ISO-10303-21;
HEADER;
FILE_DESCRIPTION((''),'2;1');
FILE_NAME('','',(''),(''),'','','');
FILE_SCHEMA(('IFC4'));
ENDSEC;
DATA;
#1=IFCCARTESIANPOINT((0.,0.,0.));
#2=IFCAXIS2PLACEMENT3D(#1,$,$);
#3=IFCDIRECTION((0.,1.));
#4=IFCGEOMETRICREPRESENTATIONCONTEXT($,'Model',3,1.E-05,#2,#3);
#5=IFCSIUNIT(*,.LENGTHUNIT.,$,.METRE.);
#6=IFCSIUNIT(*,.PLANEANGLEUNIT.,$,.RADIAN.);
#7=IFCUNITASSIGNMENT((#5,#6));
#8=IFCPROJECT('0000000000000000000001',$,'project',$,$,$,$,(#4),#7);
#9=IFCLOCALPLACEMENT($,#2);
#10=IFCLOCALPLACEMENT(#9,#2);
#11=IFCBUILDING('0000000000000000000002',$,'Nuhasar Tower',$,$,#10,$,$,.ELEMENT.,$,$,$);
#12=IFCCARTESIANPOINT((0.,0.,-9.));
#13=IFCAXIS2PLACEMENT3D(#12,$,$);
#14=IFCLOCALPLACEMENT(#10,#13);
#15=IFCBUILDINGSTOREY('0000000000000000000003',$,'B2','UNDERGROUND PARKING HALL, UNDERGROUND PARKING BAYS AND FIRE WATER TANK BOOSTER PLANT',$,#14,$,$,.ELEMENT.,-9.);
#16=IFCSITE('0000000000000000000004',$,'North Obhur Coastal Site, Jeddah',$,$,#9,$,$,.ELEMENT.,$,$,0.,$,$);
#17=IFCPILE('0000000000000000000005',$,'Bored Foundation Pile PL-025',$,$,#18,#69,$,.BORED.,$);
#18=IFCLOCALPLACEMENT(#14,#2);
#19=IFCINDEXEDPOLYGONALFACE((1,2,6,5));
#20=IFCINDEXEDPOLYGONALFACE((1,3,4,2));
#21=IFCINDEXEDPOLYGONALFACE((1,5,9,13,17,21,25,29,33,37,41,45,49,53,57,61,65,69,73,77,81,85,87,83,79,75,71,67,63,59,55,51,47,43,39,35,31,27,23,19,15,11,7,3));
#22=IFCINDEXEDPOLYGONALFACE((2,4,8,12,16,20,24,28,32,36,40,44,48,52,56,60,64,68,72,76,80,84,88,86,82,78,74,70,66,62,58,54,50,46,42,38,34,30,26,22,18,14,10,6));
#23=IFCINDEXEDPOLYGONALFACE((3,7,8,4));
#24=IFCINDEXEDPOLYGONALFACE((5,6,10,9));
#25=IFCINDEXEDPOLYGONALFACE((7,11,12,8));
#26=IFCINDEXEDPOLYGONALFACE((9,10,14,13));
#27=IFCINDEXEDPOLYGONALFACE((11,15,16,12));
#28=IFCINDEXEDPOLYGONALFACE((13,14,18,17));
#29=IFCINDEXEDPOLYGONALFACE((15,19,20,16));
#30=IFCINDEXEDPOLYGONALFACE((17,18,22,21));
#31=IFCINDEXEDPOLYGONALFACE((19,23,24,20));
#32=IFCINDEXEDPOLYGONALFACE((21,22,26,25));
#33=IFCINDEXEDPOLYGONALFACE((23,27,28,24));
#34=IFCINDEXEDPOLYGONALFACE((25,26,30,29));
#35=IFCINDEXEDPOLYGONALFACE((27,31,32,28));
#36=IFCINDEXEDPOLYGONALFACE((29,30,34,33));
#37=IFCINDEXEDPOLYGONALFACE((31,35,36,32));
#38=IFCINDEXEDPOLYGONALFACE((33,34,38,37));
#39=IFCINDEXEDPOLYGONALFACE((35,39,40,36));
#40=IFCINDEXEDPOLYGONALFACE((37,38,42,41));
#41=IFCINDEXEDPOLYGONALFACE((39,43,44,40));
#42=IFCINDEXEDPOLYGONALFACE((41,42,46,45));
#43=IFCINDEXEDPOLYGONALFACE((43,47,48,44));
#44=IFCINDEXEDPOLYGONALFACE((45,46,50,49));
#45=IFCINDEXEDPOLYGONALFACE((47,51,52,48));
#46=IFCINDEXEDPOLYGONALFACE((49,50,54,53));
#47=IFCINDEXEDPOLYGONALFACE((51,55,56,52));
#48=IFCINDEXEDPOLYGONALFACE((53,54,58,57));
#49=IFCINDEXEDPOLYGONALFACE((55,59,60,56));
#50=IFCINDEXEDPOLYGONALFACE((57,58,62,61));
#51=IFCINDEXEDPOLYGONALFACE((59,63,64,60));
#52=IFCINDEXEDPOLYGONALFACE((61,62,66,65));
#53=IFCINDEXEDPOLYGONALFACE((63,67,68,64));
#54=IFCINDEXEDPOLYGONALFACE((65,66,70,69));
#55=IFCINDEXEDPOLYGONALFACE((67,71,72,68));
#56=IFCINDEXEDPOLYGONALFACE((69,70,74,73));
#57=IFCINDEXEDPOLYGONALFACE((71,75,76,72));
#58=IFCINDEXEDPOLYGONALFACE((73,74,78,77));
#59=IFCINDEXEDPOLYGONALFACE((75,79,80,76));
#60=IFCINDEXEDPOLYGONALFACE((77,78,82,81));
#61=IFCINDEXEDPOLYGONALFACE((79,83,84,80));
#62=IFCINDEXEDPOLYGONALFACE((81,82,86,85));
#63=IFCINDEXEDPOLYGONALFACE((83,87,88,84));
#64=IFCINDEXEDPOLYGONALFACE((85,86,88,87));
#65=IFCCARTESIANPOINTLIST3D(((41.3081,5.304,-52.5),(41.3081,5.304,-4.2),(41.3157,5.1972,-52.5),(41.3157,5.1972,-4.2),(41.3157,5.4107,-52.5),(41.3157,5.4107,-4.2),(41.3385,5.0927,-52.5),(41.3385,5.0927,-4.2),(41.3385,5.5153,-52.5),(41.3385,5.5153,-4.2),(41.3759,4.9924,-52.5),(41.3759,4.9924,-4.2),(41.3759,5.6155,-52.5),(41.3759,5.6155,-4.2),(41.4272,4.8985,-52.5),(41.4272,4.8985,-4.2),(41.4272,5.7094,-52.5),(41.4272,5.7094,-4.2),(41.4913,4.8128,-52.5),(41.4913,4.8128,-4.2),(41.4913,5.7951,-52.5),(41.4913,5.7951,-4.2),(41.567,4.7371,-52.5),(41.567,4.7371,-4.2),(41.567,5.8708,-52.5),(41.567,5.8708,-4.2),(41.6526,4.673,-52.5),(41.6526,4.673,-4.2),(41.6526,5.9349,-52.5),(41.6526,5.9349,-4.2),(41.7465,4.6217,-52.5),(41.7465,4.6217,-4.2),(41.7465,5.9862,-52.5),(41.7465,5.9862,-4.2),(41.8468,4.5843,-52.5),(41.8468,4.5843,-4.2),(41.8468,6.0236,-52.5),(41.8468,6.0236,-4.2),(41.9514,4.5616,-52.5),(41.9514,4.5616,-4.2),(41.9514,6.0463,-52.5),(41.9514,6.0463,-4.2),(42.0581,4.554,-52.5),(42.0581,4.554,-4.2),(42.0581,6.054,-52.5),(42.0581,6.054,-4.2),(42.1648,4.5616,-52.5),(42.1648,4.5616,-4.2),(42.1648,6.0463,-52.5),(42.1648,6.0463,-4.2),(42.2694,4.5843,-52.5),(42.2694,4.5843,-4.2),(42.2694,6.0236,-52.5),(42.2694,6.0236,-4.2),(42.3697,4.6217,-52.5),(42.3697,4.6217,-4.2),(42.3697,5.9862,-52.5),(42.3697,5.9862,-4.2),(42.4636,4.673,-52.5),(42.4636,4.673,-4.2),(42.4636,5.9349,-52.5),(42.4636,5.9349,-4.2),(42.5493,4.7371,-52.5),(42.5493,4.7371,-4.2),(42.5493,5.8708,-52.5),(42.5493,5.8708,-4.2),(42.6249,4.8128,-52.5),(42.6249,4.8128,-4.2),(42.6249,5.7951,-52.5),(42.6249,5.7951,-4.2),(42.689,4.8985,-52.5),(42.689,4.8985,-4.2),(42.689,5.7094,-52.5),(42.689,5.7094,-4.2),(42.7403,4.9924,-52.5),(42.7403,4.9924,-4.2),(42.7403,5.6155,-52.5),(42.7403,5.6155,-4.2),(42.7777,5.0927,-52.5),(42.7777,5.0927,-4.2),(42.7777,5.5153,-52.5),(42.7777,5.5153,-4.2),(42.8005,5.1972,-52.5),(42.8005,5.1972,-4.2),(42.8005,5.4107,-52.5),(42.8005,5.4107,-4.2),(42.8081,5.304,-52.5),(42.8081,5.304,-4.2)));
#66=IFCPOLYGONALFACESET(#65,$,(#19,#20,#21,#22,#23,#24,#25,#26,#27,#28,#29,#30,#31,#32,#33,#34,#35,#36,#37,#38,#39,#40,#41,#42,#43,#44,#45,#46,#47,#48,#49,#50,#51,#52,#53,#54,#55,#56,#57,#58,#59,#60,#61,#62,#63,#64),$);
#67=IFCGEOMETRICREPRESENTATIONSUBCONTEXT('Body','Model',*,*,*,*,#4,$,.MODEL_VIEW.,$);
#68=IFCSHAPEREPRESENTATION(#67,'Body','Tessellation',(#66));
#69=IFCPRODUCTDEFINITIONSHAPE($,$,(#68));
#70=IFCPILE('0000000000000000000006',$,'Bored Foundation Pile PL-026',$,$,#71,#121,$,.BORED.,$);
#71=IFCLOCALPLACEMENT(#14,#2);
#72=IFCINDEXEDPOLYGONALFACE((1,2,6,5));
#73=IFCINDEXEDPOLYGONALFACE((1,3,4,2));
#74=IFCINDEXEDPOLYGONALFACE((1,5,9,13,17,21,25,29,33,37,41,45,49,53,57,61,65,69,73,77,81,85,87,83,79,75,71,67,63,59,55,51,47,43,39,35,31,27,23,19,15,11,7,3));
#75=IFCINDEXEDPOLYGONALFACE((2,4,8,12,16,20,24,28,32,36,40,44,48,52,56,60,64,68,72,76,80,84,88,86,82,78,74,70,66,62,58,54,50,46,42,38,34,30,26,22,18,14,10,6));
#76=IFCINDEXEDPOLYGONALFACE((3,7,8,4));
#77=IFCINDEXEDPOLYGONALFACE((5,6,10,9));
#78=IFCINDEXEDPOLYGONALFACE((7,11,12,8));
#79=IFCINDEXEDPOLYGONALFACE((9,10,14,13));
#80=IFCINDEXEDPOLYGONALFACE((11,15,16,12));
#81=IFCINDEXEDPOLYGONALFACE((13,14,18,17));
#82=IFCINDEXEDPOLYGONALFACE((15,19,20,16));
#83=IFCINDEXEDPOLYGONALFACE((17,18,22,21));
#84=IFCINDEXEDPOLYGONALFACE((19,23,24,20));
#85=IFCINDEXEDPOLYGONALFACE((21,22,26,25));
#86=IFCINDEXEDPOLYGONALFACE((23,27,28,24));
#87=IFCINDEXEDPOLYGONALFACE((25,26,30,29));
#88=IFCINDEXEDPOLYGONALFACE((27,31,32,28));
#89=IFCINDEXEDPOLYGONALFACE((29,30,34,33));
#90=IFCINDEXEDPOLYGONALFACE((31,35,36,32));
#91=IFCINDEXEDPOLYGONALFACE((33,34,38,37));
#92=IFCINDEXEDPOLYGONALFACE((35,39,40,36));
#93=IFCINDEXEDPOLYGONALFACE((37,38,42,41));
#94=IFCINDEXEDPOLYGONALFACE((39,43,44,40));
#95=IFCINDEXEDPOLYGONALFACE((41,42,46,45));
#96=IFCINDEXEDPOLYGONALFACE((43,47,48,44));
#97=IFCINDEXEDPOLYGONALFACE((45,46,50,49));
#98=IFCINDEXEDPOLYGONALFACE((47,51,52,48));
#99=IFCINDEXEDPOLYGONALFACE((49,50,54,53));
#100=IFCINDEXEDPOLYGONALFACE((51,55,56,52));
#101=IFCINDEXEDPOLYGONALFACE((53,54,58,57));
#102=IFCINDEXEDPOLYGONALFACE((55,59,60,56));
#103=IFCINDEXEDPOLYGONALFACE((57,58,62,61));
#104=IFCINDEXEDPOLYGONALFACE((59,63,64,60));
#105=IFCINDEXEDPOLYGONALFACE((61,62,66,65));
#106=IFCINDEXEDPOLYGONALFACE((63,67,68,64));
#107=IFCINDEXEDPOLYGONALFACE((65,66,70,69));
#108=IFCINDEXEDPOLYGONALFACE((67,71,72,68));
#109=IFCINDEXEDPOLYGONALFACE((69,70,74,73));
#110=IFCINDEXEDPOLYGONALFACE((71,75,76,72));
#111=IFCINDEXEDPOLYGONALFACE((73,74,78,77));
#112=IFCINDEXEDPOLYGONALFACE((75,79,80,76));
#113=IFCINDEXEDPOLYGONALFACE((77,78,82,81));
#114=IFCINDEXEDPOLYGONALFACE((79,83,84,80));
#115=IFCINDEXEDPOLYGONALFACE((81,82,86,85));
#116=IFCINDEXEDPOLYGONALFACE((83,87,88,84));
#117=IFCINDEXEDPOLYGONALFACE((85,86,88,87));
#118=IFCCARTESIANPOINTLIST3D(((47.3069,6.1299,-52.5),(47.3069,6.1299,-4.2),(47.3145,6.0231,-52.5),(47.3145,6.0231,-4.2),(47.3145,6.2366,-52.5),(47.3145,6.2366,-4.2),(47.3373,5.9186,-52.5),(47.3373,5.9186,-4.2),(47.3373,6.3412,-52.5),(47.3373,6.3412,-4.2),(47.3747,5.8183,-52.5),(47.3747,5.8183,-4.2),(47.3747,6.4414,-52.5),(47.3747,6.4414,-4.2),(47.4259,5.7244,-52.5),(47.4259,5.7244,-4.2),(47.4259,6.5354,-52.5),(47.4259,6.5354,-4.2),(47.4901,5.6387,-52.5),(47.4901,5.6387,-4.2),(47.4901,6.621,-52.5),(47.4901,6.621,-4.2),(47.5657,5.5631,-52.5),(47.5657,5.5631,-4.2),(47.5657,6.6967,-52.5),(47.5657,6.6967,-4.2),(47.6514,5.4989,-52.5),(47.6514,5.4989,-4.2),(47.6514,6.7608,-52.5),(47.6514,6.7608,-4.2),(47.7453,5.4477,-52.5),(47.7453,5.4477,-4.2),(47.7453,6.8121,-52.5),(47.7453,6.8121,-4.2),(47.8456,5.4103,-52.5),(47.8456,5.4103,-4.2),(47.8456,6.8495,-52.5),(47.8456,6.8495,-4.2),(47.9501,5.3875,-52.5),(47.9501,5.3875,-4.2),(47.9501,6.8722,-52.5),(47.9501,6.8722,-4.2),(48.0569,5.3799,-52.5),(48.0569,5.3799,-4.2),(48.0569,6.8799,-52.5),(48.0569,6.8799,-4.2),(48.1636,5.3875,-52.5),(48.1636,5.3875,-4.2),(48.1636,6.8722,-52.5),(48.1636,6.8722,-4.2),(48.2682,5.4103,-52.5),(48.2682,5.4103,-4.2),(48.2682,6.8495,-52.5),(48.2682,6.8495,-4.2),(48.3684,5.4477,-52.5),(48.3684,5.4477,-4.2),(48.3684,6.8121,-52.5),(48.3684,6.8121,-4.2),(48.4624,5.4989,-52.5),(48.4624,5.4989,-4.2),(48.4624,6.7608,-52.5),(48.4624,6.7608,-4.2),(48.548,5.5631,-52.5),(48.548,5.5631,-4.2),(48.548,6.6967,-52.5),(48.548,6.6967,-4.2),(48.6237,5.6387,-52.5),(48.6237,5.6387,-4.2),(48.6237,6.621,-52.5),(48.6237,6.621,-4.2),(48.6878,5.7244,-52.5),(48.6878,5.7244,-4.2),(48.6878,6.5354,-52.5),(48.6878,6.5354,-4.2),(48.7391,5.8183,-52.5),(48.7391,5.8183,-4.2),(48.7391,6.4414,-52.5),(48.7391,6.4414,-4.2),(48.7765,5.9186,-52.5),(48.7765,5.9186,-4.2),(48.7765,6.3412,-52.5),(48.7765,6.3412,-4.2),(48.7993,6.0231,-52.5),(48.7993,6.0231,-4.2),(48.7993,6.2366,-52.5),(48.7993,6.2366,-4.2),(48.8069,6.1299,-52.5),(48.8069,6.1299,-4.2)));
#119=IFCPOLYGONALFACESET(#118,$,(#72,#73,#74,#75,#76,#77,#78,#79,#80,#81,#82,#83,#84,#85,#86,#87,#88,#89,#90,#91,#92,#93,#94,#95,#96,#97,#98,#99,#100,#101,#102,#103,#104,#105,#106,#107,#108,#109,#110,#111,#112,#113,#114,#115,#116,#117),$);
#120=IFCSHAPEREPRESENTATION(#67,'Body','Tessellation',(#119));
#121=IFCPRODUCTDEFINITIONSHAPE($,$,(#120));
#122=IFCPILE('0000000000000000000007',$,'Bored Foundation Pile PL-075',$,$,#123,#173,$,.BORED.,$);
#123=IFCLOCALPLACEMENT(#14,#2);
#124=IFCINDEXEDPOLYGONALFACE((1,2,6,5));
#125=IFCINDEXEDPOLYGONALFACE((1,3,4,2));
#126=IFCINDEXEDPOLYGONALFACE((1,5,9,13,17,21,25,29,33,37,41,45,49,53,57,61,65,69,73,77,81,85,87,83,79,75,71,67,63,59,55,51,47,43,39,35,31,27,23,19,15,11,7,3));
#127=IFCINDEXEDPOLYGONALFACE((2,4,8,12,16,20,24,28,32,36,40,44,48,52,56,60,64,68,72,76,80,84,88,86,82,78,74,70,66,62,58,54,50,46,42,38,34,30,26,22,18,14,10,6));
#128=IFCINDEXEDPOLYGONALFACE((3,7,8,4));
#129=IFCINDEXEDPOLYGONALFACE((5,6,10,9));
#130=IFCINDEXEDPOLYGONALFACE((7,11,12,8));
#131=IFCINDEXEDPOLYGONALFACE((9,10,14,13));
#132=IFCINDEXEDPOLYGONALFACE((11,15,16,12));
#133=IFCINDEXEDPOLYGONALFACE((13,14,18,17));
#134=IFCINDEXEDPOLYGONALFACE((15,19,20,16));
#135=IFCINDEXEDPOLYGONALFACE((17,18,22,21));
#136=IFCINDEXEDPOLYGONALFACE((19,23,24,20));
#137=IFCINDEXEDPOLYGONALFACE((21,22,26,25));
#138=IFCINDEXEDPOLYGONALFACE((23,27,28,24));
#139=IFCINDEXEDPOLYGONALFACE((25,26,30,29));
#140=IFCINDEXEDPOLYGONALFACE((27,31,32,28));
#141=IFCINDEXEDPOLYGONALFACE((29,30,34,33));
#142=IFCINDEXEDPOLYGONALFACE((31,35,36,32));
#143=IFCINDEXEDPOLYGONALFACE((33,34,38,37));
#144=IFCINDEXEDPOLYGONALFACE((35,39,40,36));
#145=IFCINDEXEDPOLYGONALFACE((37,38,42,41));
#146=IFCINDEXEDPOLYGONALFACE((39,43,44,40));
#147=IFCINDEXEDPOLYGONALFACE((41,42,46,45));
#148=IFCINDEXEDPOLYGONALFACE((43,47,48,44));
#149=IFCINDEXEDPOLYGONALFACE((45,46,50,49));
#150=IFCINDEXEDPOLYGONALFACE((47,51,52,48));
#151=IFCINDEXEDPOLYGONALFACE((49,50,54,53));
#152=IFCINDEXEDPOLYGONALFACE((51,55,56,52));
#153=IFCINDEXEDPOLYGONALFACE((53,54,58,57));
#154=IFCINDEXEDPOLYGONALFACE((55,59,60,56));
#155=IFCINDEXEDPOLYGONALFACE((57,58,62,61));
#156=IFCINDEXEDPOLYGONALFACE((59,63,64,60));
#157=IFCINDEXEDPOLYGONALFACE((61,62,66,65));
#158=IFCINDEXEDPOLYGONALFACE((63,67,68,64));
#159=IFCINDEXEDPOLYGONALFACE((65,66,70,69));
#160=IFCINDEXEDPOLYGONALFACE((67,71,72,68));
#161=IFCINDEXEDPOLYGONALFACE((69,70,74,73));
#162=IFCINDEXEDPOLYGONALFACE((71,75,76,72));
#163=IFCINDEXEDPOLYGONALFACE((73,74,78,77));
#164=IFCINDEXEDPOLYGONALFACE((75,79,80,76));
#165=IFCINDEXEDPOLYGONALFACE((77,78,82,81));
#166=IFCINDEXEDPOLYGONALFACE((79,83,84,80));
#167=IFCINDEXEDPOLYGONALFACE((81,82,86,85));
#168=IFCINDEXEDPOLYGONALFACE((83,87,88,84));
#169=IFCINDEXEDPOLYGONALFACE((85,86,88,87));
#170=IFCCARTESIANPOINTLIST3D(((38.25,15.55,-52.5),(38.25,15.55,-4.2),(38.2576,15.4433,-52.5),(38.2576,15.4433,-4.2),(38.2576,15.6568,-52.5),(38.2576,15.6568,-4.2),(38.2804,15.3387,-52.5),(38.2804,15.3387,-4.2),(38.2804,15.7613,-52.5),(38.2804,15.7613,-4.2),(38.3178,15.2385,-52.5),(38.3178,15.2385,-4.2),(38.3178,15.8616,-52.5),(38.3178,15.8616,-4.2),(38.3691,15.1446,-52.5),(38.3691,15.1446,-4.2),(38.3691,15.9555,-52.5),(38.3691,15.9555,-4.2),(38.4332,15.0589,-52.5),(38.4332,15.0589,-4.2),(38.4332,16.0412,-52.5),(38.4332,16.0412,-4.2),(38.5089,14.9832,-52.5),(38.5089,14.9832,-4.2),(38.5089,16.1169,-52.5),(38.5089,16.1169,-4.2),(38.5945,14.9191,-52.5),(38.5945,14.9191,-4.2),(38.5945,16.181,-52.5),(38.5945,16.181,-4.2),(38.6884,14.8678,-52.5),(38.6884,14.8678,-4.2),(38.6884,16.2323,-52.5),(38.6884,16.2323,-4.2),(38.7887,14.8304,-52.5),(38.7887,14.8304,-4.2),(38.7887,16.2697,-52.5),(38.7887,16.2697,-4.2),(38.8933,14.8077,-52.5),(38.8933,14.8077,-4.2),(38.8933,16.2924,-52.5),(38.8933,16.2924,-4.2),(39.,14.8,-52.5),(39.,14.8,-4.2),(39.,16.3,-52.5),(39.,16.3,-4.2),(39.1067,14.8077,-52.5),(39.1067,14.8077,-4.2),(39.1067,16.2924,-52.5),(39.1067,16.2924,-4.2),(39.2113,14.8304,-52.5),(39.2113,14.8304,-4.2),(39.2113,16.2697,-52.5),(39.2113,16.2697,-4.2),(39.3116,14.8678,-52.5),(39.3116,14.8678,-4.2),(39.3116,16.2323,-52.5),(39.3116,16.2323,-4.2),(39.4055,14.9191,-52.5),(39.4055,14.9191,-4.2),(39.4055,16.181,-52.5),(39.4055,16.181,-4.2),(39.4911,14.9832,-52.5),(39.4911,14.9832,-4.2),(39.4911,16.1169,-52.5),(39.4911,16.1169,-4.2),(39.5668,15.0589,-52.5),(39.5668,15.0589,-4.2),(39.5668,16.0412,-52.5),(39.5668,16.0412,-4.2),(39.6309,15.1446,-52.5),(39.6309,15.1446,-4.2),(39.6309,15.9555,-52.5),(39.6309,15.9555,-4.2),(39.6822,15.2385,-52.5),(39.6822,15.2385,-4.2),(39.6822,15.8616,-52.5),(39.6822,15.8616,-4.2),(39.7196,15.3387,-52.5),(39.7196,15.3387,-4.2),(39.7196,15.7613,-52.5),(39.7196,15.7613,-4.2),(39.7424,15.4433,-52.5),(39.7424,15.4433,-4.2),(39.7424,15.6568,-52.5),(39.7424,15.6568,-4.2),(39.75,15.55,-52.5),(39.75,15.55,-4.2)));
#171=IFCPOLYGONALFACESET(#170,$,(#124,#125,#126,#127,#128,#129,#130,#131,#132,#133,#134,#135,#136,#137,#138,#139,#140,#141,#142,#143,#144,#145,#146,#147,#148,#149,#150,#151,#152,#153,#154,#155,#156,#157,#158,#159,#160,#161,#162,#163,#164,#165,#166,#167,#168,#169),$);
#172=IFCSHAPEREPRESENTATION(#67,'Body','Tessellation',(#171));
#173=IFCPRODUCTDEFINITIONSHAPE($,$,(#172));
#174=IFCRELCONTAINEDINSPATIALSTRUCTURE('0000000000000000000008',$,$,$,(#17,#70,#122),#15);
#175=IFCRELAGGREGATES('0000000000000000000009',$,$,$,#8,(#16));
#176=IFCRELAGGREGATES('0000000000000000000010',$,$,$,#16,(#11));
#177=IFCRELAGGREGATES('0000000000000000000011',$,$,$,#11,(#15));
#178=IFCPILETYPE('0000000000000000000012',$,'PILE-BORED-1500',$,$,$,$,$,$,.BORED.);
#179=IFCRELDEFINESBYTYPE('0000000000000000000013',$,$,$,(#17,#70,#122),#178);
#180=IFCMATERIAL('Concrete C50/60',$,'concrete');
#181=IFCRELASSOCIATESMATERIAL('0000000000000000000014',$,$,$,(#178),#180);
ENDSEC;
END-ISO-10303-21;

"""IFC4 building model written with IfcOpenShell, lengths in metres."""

from ifc_helpers import new_model, si_unit, direction, frame, origin, origin_2d, place, context, subcontext, project, spatial, circle, extrude, material, material_profile, profile_set, type_object, element, save


model = new_model("IFC4")

# Units and contexts
model_context = context("Model", 3, precision=1e-05, world=origin(), true_north=direction((0.0, 1.0)))
body_context = subcontext(model_context, "Body", "Model", "MODEL_VIEW")
ifc_project = project(units=[si_unit("LENGTHUNIT", "METRE"), si_unit("PLANEANGLEUNIT", "RADIAN")], contexts=[model_context])

# Site, building, storey
site_placement = place(None, origin())
site = spatial("IfcSite", under=ifc_project, at=site_placement, Name="North Obhur Coastal Site, Jeddah", CompositionType="ELEMENT", RefElevation=0.0)
building_placement = place(site_placement, origin())
building = spatial("IfcBuilding", under=site, at=building_placement, Name="Nuhasar Tower", CompositionType="ELEMENT")
storey_placement = place(building_placement, frame((0.0, 0.0, -9.0)))
storey = spatial("IfcBuildingStorey", under=building, at=storey_placement, Name="B2", Description="UNDERGROUND PARKING HALL, UNDERGROUND PARKING BAYS AND FIRE WATER TANK BOOSTER PLANT", CompositionType="ELEMENT", Elevation=-9.0)

# Piles
ifc_material_1 = material(Name="Concrete C50/60", Category="concrete")
ifc_material_profile_1 = material_profile(ifc_material_1, circle(Radius=0.75, at=origin_2d()), Name="PILE1500")
ifc_profile_set_1 = profile_set([ifc_material_profile_1], Name="Concrete C50/60")
pile_type = type_object("IfcPileType", Name="PILE-BORED-1500", PredefinedType="BORED", material=ifc_profile_set_1)
for number, where, z_axis, x_axis, name in (
    (1, (42.0581, 5.304, -4.2), (0.0, 0.0, -1.0), (1.0, 0.0, 0.0), "Bored Foundation Pile PL-025"),
    (2, (48.0569, 6.1299, -4.2), (0.0, 0.0, -1.0), (1.0, 0.0, 0.0), "Bored Foundation Pile PL-026"),
    (3, (39.0, 15.55, -4.2), (0.0, 0.0, -1.0), (1.0, 0.0, 0.0), "Bored Foundation Pile PL-075"),
):
    element("IfcPile", number, at=place(storey_placement, frame(where, z_axis=z_axis, x_axis=x_axis)), inside=storey, type_object=pile_type, Name=name, PredefinedType="BORED", context=body_context, shape_type="SweptSolid", body=[
        extrude(circle(Radius=0.75, at=origin_2d()), origin(), (0.0, 0.0, 1.0), 48.3),
    ])

save(model, "model.ifc")
